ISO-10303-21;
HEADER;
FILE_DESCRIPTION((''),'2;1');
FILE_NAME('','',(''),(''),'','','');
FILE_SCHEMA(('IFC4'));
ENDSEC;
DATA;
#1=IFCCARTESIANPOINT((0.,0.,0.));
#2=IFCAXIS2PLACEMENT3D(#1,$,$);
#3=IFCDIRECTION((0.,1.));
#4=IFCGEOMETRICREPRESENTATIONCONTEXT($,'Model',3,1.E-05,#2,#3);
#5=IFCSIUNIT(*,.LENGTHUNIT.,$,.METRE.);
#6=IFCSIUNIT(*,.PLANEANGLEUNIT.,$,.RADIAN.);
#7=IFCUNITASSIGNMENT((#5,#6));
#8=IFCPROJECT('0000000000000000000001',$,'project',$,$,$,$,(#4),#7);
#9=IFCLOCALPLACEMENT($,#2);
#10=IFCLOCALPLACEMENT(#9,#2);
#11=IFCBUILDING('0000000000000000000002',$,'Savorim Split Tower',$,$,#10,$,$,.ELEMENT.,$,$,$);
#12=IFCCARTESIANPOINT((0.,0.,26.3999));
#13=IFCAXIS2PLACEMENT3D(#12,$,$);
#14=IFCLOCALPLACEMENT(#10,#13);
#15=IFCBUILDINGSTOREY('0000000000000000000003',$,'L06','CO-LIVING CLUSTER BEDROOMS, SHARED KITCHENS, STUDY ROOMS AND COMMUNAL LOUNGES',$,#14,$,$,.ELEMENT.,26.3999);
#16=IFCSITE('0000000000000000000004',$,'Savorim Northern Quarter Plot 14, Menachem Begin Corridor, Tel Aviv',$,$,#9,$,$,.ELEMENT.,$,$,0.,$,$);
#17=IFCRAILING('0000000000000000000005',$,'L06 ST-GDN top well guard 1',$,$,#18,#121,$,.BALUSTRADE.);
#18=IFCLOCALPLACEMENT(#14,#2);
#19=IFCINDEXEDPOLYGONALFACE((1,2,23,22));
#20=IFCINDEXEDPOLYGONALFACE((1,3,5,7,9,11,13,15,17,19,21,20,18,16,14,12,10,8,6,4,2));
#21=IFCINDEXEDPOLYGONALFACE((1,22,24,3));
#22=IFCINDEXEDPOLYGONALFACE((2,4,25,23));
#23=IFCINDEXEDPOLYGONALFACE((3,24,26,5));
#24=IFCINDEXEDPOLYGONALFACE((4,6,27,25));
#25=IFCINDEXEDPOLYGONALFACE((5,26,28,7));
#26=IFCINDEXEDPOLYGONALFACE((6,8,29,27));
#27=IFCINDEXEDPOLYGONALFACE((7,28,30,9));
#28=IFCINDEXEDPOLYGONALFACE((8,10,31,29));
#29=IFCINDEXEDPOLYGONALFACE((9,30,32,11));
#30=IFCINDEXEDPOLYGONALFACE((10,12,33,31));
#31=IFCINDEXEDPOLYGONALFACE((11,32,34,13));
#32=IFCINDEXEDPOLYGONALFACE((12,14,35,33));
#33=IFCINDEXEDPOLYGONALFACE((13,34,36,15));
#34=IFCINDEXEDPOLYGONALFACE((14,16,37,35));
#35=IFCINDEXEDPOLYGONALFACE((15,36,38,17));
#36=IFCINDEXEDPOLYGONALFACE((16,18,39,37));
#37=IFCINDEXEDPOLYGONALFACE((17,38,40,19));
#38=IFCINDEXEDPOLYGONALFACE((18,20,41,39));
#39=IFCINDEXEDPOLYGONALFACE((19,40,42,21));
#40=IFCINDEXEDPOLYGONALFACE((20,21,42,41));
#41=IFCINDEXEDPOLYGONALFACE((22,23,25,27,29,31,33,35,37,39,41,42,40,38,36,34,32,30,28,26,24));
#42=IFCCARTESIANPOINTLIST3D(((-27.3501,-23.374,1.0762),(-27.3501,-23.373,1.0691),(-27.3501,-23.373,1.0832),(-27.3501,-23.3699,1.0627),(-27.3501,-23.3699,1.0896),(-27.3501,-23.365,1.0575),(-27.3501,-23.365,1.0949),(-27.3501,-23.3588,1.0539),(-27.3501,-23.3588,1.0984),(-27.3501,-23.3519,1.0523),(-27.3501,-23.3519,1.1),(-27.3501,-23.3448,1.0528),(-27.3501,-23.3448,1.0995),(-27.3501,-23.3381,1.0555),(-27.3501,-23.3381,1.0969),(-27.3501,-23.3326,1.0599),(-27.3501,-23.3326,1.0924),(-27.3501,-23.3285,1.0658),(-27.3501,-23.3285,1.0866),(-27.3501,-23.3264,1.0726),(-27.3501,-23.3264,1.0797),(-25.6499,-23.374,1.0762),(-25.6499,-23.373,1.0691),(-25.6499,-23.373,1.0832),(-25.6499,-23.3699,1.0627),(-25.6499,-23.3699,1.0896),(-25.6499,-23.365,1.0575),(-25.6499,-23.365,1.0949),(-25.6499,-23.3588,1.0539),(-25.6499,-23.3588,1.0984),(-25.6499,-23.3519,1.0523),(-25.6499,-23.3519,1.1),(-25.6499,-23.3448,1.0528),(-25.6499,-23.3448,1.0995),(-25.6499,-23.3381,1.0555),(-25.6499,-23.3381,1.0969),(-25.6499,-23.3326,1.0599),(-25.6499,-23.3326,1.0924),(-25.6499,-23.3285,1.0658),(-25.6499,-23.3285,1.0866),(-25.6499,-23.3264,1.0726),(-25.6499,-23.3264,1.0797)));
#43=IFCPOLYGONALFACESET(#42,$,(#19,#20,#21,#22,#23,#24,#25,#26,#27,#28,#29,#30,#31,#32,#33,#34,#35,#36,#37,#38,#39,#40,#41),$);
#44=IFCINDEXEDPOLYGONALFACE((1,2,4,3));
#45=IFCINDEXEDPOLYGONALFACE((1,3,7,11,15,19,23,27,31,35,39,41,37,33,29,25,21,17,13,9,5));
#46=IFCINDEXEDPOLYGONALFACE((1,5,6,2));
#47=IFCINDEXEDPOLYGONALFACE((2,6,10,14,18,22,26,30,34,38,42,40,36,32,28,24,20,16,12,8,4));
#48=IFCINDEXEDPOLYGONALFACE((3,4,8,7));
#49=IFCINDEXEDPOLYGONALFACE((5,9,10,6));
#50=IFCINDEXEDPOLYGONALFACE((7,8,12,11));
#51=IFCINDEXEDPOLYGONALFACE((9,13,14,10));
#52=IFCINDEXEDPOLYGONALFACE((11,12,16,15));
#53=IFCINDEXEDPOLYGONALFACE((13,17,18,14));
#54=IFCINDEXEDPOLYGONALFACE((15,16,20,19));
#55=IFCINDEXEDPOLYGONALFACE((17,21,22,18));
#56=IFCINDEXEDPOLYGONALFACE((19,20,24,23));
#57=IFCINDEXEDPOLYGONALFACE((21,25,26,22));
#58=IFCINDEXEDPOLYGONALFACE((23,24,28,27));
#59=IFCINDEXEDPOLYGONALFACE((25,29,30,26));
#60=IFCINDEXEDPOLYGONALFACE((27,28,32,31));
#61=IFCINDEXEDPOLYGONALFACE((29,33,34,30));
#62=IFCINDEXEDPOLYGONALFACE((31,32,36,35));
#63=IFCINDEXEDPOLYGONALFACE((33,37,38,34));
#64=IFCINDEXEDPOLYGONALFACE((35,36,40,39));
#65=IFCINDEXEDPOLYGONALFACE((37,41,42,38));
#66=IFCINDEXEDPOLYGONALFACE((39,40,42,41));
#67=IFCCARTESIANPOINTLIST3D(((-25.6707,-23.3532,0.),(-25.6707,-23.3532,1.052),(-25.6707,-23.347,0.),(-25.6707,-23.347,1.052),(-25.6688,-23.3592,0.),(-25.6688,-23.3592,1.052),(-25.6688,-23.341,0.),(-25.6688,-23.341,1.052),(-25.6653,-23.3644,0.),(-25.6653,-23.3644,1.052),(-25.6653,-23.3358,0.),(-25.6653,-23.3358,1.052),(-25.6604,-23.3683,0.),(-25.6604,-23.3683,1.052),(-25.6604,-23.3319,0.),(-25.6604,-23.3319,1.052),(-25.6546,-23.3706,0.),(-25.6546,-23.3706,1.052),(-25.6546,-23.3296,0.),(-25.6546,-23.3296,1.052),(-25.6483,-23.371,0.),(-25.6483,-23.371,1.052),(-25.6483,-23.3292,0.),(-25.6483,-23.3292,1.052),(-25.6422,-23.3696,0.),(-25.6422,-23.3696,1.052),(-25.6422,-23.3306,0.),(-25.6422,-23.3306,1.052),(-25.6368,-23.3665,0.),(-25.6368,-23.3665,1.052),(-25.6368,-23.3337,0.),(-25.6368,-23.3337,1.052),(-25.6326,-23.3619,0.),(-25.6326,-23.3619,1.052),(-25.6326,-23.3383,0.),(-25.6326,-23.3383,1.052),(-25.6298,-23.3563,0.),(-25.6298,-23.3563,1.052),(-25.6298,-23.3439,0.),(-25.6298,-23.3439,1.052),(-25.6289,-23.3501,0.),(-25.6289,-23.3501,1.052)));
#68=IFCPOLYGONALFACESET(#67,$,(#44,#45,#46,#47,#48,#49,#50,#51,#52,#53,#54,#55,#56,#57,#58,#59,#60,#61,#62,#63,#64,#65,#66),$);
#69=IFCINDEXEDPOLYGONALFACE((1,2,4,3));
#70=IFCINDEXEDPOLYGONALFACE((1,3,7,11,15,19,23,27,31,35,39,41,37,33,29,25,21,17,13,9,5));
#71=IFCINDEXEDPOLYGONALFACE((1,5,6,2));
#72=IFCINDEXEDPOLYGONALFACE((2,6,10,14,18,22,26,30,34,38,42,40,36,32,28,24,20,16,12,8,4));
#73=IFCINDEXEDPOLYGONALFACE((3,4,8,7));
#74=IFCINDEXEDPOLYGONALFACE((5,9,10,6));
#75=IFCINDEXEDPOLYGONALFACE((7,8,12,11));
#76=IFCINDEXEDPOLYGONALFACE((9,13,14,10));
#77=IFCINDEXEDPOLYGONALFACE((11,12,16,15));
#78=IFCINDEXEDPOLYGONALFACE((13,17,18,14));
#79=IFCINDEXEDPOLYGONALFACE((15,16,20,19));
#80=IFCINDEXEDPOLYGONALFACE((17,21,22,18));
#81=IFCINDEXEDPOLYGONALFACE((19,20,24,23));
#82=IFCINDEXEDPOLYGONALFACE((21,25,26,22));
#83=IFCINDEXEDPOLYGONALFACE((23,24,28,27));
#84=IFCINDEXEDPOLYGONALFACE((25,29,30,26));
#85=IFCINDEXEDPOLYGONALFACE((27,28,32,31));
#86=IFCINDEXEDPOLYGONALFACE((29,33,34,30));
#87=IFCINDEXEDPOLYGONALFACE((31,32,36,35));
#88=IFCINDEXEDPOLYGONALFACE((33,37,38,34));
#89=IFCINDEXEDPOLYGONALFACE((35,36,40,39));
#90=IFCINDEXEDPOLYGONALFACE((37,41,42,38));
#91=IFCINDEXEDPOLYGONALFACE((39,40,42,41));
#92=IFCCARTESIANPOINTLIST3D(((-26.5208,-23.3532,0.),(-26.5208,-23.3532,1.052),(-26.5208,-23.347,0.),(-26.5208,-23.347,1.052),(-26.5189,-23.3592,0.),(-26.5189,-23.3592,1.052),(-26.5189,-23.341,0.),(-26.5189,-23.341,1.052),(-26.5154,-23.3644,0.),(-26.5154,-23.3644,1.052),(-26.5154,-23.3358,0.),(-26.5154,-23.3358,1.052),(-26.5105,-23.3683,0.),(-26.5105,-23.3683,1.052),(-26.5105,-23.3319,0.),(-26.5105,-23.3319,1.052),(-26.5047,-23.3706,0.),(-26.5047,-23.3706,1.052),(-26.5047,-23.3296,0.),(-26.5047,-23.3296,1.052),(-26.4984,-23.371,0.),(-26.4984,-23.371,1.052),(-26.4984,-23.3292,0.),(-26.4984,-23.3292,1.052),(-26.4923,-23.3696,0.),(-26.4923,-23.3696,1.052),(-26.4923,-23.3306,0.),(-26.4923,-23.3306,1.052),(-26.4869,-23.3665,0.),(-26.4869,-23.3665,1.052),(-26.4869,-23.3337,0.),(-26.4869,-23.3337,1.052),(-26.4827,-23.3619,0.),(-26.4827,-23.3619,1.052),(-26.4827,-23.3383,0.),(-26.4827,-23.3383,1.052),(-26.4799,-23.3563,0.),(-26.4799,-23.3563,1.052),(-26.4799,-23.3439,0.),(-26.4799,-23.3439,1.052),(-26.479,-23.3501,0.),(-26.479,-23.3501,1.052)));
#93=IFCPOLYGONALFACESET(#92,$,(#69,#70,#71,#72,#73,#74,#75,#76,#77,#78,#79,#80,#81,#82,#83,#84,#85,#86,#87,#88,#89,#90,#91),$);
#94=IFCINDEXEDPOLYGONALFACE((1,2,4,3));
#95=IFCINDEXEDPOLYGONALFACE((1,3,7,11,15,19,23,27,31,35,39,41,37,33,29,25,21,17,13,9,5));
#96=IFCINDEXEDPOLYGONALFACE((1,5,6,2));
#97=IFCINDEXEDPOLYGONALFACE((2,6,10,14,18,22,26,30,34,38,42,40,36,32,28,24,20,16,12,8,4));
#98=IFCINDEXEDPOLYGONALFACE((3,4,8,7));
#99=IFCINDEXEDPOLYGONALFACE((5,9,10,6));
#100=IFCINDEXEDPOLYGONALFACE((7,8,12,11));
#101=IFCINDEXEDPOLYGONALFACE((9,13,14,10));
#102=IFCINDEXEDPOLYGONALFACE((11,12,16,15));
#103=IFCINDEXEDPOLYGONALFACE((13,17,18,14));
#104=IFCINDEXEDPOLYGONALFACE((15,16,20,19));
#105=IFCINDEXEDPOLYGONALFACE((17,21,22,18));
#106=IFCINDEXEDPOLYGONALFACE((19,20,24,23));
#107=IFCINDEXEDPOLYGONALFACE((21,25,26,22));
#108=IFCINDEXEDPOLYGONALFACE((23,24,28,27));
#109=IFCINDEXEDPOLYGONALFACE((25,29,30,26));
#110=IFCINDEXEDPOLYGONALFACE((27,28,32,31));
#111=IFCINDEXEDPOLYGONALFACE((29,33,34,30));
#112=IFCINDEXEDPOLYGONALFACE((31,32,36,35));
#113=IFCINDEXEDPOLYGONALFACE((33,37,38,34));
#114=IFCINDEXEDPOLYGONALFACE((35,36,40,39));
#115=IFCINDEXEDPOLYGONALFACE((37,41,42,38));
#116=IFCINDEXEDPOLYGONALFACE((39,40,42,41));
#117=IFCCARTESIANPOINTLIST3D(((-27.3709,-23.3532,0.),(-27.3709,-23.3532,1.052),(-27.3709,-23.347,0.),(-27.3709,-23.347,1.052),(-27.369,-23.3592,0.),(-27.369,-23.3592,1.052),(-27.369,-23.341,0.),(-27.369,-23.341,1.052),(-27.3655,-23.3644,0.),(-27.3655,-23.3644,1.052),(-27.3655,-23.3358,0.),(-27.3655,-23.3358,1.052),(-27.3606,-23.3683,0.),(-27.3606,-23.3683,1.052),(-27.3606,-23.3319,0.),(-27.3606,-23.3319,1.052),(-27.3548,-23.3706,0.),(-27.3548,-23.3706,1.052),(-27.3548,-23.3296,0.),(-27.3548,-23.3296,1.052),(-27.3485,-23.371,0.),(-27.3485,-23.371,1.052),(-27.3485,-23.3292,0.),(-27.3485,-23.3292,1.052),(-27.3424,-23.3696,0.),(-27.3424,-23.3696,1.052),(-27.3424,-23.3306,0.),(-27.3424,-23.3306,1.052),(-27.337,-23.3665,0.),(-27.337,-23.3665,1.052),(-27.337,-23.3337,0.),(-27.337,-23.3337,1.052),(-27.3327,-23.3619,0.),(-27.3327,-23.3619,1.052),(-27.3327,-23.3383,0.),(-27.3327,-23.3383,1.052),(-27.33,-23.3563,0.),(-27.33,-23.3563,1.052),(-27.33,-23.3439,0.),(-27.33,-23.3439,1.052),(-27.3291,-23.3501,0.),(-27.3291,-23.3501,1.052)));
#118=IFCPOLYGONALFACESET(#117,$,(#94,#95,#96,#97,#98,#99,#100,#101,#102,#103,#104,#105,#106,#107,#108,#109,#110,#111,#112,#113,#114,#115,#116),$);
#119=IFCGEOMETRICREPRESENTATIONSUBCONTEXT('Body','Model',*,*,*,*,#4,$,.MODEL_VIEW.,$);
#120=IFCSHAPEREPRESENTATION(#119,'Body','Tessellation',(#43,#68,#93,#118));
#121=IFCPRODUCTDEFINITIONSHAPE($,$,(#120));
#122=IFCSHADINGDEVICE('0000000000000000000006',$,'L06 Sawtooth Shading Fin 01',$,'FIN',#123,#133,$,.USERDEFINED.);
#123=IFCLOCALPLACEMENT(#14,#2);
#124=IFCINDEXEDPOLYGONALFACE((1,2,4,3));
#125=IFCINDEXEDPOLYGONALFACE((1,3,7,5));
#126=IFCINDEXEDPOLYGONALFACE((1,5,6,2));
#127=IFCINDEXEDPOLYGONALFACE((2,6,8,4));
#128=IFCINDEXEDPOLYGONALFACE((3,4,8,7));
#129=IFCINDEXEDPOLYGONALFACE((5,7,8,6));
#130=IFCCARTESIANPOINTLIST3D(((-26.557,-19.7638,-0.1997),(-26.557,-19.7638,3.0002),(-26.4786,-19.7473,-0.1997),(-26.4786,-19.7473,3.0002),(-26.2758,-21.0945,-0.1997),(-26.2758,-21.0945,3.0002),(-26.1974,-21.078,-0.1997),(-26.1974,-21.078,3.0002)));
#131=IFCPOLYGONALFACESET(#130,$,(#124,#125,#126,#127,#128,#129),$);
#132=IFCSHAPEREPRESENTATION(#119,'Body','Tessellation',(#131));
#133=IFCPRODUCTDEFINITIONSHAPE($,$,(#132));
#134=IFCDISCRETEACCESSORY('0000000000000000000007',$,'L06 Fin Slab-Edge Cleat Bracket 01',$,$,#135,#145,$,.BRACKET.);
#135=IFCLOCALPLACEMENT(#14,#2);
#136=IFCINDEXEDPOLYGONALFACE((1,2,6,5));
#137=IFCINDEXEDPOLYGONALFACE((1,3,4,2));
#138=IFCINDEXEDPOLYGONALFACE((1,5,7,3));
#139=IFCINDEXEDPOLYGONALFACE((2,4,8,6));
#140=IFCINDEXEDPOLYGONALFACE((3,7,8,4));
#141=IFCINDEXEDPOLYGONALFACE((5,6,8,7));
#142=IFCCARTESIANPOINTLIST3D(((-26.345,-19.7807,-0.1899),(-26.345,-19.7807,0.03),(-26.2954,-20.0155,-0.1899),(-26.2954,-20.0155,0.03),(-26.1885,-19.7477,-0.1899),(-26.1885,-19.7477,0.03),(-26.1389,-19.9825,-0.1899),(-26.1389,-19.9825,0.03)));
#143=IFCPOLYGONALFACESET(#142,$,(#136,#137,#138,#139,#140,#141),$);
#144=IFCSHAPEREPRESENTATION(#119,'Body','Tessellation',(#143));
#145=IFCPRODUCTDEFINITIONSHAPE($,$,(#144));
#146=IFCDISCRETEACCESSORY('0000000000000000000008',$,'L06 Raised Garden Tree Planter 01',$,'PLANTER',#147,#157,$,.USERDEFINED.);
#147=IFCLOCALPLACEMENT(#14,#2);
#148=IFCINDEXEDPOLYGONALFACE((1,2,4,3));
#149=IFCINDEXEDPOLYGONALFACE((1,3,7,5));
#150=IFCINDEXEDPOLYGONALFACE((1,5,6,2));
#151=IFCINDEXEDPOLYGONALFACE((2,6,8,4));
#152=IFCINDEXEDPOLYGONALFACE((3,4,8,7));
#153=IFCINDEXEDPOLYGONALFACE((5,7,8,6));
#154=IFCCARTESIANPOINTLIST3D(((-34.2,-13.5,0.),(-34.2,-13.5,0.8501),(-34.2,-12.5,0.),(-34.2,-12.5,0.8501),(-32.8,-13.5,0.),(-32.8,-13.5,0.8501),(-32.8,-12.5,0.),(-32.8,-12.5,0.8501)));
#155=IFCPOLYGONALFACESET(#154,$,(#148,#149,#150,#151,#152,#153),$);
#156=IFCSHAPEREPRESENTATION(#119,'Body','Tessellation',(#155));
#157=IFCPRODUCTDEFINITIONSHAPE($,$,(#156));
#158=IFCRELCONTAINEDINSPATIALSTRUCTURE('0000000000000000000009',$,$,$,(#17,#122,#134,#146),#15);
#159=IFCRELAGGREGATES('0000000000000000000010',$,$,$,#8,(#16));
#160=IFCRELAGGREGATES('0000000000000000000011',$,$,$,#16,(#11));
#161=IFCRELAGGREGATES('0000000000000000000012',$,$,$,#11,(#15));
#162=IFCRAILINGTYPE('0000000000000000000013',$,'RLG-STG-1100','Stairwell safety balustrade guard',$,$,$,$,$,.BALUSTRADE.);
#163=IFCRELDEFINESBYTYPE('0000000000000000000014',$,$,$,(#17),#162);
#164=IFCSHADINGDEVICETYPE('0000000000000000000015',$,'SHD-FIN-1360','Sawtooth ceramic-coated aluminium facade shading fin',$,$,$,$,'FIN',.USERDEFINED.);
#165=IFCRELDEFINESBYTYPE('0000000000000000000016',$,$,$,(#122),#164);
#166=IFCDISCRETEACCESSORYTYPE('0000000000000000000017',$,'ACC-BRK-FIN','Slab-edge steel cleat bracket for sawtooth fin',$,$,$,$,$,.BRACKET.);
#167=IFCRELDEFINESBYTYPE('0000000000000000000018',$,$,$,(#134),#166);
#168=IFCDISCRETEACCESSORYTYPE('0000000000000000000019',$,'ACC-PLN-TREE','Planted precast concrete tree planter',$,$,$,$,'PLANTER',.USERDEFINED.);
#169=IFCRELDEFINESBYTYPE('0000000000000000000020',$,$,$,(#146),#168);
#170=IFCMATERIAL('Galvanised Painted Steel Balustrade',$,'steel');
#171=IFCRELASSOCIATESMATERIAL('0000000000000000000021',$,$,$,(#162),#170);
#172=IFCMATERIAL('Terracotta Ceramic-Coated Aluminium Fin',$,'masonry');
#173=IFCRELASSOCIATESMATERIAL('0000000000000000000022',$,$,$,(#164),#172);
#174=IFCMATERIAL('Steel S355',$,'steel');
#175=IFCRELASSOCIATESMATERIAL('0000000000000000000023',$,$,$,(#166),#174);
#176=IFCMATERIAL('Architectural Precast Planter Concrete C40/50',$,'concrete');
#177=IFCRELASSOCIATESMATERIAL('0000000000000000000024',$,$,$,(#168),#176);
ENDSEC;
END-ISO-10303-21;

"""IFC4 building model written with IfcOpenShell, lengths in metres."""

from ifc_helpers import new_model, si_unit, direction, frame, origin, origin_2d, place, context, subcontext, project, spatial, rectangle, circle, extrude, material, type_object, element, save


model = new_model("IFC4")

# Units and contexts
model_context = context("Model", 3, precision=1e-05, world=origin(), true_north=direction((0.0, 1.0)))
body_context = subcontext(model_context, "Body", "Model", "MODEL_VIEW")
ifc_project = project(units=[si_unit("LENGTHUNIT", "METRE"), si_unit("PLANEANGLEUNIT", "RADIAN")], contexts=[model_context])

# Site, building, storey
site_placement = place(None, origin())
site = spatial("IfcSite", under=ifc_project, at=site_placement, Name="Savorim Northern Quarter Plot 14, Menachem Begin Corridor, Tel Aviv", CompositionType="ELEMENT", RefElevation=0.0)
building_placement = place(site_placement, origin())
building = spatial("IfcBuilding", under=site, at=building_placement, Name="Savorim Split Tower", CompositionType="ELEMENT")
storey_placement = place(building_placement, frame((0.0, 0.0, 26.3999)))
storey = spatial("IfcBuildingStorey", under=building, at=storey_placement, Name="L06", Description="CO-LIVING CLUSTER BEDROOMS, SHARED KITCHENS, STUDY ROOMS AND COMMUNAL LOUNGES", CompositionType="ELEMENT", Elevation=26.3999)

# Railing
ifc_material_1 = material(Name="Galvanised Painted Steel Balustrade", Category="steel")
railing_type_1 = type_object("IfcRailingType", Name="RLG-STG-1100", Description="Stairwell safety balustrade guard", PredefinedType="BALUSTRADE", material=ifc_material_1)
railing_1_placement = place(storey_placement, frame((-25.6499, -23.3501, 0.0)))
element("IfcRailing", 1, at=railing_1_placement, inside=storey, type_object=railing_type_1, Name="L06 ST-GDN top well guard 1", PredefinedType="BALUSTRADE", context=body_context, shape_type="SweptSolid", body=[
    extrude(circle(Radius=0.0239, at=origin_2d()), frame((0.0, 0.0, 1.0762), z_axis=(-1.0, 0.0, 0.0), x_axis=(0.0, -1.0, 0.0)), (0.0, 0.0, 1.0), 1.7002),
    extrude(circle(Radius=0.021, at=origin_2d()), origin(), (0.0, 0.0, 1.0), 1.052),
    extrude(circle(Radius=0.021, at=origin_2d()), frame((-0.8501, 0.0, 0.0)), (0.0, 0.0, 1.0), 1.052),
    extrude(circle(Radius=0.021, at=origin_2d()), frame((-1.7002, 0.0, 0.0)), (0.0, 0.0, 1.0), 1.052),
])

# Shading device
ifc_material_2 = material(Name="Terracotta Ceramic-Coated Aluminium Fin", Category="masonry")
shading_device_type = type_object("IfcShadingDeviceType", Name="SHD-FIN-1360", Description="Sawtooth ceramic-coated aluminium facade shading fin", ElementType="FIN", PredefinedType="USERDEFINED", material=ifc_material_2)
shading_device_placement = place(storey_placement, frame((-26.3772, -20.4209, -0.1997), z_axis=(0.0, 0.0, 1.0), x_axis=(0.206722, -0.9784, 0.0)))
element("IfcShadingDevice", 2, at=shading_device_placement, inside=storey, type_object=shading_device_type, Name="L06 Sawtooth Shading Fin 01", ObjectType="FIN", PredefinedType="USERDEFINED", context=body_context, shape_type="SweptSolid", body=[
    extrude(rectangle(XDim=1.3601, YDim=0.0801, at=origin_2d()), origin(), (0.0, 0.0, 1.0), 3.2),
])

# Discrete accessories
ifc_material_3 = material(Name="Steel S355", Category="steel")
discrete_accessory_type_1 = type_object("IfcDiscreteAccessoryType", Name="ACC-BRK-FIN", Description="Slab-edge steel cleat bracket for sawtooth fin", PredefinedType="BRACKET", material=ifc_material_3)
discrete_accessory_1_placement = place(storey_placement, frame((-26.2419, -19.8816, -0.1899), z_axis=(0.0, 0.0, 1.0), x_axis=(0.206722, -0.9784, 0.0)))
element("IfcDiscreteAccessory", 3, at=discrete_accessory_1_placement, inside=storey, type_object=discrete_accessory_type_1, Name="L06 Fin Slab-Edge Cleat Bracket 01", PredefinedType="BRACKET", context=body_context, shape_type="SweptSolid", body=[
    extrude(rectangle(XDim=0.24, YDim=0.1599, at=origin_2d()), origin(), (0.0, 0.0, 1.0), 0.22),
])
ifc_material_4 = material(Name="Architectural Precast Planter Concrete C40/50", Category="concrete")
discrete_accessory_type_2 = type_object("IfcDiscreteAccessoryType", Name="ACC-PLN-TREE", Description="Planted precast concrete tree planter", ElementType="PLANTER", PredefinedType="USERDEFINED", material=ifc_material_4)
discrete_accessory_2_placement = place(storey_placement, frame((-33.5, -13.0, 0.0), z_axis=(0.0, 0.0, 1.0), x_axis=(1.0, 0.0, 0.0)))
element("IfcDiscreteAccessory", 4, at=discrete_accessory_2_placement, inside=storey, type_object=discrete_accessory_type_2, Name="L06 Raised Garden Tree Planter 01", ObjectType="PLANTER", PredefinedType="USERDEFINED", context=body_context, shape_type="SweptSolid", body=[
    extrude(rectangle(XDim=1.3999, YDim=1.0, at=origin_2d()), origin(), (0.0, 0.0, 1.0), 0.8501),
])

save(model, "model.ifc")
